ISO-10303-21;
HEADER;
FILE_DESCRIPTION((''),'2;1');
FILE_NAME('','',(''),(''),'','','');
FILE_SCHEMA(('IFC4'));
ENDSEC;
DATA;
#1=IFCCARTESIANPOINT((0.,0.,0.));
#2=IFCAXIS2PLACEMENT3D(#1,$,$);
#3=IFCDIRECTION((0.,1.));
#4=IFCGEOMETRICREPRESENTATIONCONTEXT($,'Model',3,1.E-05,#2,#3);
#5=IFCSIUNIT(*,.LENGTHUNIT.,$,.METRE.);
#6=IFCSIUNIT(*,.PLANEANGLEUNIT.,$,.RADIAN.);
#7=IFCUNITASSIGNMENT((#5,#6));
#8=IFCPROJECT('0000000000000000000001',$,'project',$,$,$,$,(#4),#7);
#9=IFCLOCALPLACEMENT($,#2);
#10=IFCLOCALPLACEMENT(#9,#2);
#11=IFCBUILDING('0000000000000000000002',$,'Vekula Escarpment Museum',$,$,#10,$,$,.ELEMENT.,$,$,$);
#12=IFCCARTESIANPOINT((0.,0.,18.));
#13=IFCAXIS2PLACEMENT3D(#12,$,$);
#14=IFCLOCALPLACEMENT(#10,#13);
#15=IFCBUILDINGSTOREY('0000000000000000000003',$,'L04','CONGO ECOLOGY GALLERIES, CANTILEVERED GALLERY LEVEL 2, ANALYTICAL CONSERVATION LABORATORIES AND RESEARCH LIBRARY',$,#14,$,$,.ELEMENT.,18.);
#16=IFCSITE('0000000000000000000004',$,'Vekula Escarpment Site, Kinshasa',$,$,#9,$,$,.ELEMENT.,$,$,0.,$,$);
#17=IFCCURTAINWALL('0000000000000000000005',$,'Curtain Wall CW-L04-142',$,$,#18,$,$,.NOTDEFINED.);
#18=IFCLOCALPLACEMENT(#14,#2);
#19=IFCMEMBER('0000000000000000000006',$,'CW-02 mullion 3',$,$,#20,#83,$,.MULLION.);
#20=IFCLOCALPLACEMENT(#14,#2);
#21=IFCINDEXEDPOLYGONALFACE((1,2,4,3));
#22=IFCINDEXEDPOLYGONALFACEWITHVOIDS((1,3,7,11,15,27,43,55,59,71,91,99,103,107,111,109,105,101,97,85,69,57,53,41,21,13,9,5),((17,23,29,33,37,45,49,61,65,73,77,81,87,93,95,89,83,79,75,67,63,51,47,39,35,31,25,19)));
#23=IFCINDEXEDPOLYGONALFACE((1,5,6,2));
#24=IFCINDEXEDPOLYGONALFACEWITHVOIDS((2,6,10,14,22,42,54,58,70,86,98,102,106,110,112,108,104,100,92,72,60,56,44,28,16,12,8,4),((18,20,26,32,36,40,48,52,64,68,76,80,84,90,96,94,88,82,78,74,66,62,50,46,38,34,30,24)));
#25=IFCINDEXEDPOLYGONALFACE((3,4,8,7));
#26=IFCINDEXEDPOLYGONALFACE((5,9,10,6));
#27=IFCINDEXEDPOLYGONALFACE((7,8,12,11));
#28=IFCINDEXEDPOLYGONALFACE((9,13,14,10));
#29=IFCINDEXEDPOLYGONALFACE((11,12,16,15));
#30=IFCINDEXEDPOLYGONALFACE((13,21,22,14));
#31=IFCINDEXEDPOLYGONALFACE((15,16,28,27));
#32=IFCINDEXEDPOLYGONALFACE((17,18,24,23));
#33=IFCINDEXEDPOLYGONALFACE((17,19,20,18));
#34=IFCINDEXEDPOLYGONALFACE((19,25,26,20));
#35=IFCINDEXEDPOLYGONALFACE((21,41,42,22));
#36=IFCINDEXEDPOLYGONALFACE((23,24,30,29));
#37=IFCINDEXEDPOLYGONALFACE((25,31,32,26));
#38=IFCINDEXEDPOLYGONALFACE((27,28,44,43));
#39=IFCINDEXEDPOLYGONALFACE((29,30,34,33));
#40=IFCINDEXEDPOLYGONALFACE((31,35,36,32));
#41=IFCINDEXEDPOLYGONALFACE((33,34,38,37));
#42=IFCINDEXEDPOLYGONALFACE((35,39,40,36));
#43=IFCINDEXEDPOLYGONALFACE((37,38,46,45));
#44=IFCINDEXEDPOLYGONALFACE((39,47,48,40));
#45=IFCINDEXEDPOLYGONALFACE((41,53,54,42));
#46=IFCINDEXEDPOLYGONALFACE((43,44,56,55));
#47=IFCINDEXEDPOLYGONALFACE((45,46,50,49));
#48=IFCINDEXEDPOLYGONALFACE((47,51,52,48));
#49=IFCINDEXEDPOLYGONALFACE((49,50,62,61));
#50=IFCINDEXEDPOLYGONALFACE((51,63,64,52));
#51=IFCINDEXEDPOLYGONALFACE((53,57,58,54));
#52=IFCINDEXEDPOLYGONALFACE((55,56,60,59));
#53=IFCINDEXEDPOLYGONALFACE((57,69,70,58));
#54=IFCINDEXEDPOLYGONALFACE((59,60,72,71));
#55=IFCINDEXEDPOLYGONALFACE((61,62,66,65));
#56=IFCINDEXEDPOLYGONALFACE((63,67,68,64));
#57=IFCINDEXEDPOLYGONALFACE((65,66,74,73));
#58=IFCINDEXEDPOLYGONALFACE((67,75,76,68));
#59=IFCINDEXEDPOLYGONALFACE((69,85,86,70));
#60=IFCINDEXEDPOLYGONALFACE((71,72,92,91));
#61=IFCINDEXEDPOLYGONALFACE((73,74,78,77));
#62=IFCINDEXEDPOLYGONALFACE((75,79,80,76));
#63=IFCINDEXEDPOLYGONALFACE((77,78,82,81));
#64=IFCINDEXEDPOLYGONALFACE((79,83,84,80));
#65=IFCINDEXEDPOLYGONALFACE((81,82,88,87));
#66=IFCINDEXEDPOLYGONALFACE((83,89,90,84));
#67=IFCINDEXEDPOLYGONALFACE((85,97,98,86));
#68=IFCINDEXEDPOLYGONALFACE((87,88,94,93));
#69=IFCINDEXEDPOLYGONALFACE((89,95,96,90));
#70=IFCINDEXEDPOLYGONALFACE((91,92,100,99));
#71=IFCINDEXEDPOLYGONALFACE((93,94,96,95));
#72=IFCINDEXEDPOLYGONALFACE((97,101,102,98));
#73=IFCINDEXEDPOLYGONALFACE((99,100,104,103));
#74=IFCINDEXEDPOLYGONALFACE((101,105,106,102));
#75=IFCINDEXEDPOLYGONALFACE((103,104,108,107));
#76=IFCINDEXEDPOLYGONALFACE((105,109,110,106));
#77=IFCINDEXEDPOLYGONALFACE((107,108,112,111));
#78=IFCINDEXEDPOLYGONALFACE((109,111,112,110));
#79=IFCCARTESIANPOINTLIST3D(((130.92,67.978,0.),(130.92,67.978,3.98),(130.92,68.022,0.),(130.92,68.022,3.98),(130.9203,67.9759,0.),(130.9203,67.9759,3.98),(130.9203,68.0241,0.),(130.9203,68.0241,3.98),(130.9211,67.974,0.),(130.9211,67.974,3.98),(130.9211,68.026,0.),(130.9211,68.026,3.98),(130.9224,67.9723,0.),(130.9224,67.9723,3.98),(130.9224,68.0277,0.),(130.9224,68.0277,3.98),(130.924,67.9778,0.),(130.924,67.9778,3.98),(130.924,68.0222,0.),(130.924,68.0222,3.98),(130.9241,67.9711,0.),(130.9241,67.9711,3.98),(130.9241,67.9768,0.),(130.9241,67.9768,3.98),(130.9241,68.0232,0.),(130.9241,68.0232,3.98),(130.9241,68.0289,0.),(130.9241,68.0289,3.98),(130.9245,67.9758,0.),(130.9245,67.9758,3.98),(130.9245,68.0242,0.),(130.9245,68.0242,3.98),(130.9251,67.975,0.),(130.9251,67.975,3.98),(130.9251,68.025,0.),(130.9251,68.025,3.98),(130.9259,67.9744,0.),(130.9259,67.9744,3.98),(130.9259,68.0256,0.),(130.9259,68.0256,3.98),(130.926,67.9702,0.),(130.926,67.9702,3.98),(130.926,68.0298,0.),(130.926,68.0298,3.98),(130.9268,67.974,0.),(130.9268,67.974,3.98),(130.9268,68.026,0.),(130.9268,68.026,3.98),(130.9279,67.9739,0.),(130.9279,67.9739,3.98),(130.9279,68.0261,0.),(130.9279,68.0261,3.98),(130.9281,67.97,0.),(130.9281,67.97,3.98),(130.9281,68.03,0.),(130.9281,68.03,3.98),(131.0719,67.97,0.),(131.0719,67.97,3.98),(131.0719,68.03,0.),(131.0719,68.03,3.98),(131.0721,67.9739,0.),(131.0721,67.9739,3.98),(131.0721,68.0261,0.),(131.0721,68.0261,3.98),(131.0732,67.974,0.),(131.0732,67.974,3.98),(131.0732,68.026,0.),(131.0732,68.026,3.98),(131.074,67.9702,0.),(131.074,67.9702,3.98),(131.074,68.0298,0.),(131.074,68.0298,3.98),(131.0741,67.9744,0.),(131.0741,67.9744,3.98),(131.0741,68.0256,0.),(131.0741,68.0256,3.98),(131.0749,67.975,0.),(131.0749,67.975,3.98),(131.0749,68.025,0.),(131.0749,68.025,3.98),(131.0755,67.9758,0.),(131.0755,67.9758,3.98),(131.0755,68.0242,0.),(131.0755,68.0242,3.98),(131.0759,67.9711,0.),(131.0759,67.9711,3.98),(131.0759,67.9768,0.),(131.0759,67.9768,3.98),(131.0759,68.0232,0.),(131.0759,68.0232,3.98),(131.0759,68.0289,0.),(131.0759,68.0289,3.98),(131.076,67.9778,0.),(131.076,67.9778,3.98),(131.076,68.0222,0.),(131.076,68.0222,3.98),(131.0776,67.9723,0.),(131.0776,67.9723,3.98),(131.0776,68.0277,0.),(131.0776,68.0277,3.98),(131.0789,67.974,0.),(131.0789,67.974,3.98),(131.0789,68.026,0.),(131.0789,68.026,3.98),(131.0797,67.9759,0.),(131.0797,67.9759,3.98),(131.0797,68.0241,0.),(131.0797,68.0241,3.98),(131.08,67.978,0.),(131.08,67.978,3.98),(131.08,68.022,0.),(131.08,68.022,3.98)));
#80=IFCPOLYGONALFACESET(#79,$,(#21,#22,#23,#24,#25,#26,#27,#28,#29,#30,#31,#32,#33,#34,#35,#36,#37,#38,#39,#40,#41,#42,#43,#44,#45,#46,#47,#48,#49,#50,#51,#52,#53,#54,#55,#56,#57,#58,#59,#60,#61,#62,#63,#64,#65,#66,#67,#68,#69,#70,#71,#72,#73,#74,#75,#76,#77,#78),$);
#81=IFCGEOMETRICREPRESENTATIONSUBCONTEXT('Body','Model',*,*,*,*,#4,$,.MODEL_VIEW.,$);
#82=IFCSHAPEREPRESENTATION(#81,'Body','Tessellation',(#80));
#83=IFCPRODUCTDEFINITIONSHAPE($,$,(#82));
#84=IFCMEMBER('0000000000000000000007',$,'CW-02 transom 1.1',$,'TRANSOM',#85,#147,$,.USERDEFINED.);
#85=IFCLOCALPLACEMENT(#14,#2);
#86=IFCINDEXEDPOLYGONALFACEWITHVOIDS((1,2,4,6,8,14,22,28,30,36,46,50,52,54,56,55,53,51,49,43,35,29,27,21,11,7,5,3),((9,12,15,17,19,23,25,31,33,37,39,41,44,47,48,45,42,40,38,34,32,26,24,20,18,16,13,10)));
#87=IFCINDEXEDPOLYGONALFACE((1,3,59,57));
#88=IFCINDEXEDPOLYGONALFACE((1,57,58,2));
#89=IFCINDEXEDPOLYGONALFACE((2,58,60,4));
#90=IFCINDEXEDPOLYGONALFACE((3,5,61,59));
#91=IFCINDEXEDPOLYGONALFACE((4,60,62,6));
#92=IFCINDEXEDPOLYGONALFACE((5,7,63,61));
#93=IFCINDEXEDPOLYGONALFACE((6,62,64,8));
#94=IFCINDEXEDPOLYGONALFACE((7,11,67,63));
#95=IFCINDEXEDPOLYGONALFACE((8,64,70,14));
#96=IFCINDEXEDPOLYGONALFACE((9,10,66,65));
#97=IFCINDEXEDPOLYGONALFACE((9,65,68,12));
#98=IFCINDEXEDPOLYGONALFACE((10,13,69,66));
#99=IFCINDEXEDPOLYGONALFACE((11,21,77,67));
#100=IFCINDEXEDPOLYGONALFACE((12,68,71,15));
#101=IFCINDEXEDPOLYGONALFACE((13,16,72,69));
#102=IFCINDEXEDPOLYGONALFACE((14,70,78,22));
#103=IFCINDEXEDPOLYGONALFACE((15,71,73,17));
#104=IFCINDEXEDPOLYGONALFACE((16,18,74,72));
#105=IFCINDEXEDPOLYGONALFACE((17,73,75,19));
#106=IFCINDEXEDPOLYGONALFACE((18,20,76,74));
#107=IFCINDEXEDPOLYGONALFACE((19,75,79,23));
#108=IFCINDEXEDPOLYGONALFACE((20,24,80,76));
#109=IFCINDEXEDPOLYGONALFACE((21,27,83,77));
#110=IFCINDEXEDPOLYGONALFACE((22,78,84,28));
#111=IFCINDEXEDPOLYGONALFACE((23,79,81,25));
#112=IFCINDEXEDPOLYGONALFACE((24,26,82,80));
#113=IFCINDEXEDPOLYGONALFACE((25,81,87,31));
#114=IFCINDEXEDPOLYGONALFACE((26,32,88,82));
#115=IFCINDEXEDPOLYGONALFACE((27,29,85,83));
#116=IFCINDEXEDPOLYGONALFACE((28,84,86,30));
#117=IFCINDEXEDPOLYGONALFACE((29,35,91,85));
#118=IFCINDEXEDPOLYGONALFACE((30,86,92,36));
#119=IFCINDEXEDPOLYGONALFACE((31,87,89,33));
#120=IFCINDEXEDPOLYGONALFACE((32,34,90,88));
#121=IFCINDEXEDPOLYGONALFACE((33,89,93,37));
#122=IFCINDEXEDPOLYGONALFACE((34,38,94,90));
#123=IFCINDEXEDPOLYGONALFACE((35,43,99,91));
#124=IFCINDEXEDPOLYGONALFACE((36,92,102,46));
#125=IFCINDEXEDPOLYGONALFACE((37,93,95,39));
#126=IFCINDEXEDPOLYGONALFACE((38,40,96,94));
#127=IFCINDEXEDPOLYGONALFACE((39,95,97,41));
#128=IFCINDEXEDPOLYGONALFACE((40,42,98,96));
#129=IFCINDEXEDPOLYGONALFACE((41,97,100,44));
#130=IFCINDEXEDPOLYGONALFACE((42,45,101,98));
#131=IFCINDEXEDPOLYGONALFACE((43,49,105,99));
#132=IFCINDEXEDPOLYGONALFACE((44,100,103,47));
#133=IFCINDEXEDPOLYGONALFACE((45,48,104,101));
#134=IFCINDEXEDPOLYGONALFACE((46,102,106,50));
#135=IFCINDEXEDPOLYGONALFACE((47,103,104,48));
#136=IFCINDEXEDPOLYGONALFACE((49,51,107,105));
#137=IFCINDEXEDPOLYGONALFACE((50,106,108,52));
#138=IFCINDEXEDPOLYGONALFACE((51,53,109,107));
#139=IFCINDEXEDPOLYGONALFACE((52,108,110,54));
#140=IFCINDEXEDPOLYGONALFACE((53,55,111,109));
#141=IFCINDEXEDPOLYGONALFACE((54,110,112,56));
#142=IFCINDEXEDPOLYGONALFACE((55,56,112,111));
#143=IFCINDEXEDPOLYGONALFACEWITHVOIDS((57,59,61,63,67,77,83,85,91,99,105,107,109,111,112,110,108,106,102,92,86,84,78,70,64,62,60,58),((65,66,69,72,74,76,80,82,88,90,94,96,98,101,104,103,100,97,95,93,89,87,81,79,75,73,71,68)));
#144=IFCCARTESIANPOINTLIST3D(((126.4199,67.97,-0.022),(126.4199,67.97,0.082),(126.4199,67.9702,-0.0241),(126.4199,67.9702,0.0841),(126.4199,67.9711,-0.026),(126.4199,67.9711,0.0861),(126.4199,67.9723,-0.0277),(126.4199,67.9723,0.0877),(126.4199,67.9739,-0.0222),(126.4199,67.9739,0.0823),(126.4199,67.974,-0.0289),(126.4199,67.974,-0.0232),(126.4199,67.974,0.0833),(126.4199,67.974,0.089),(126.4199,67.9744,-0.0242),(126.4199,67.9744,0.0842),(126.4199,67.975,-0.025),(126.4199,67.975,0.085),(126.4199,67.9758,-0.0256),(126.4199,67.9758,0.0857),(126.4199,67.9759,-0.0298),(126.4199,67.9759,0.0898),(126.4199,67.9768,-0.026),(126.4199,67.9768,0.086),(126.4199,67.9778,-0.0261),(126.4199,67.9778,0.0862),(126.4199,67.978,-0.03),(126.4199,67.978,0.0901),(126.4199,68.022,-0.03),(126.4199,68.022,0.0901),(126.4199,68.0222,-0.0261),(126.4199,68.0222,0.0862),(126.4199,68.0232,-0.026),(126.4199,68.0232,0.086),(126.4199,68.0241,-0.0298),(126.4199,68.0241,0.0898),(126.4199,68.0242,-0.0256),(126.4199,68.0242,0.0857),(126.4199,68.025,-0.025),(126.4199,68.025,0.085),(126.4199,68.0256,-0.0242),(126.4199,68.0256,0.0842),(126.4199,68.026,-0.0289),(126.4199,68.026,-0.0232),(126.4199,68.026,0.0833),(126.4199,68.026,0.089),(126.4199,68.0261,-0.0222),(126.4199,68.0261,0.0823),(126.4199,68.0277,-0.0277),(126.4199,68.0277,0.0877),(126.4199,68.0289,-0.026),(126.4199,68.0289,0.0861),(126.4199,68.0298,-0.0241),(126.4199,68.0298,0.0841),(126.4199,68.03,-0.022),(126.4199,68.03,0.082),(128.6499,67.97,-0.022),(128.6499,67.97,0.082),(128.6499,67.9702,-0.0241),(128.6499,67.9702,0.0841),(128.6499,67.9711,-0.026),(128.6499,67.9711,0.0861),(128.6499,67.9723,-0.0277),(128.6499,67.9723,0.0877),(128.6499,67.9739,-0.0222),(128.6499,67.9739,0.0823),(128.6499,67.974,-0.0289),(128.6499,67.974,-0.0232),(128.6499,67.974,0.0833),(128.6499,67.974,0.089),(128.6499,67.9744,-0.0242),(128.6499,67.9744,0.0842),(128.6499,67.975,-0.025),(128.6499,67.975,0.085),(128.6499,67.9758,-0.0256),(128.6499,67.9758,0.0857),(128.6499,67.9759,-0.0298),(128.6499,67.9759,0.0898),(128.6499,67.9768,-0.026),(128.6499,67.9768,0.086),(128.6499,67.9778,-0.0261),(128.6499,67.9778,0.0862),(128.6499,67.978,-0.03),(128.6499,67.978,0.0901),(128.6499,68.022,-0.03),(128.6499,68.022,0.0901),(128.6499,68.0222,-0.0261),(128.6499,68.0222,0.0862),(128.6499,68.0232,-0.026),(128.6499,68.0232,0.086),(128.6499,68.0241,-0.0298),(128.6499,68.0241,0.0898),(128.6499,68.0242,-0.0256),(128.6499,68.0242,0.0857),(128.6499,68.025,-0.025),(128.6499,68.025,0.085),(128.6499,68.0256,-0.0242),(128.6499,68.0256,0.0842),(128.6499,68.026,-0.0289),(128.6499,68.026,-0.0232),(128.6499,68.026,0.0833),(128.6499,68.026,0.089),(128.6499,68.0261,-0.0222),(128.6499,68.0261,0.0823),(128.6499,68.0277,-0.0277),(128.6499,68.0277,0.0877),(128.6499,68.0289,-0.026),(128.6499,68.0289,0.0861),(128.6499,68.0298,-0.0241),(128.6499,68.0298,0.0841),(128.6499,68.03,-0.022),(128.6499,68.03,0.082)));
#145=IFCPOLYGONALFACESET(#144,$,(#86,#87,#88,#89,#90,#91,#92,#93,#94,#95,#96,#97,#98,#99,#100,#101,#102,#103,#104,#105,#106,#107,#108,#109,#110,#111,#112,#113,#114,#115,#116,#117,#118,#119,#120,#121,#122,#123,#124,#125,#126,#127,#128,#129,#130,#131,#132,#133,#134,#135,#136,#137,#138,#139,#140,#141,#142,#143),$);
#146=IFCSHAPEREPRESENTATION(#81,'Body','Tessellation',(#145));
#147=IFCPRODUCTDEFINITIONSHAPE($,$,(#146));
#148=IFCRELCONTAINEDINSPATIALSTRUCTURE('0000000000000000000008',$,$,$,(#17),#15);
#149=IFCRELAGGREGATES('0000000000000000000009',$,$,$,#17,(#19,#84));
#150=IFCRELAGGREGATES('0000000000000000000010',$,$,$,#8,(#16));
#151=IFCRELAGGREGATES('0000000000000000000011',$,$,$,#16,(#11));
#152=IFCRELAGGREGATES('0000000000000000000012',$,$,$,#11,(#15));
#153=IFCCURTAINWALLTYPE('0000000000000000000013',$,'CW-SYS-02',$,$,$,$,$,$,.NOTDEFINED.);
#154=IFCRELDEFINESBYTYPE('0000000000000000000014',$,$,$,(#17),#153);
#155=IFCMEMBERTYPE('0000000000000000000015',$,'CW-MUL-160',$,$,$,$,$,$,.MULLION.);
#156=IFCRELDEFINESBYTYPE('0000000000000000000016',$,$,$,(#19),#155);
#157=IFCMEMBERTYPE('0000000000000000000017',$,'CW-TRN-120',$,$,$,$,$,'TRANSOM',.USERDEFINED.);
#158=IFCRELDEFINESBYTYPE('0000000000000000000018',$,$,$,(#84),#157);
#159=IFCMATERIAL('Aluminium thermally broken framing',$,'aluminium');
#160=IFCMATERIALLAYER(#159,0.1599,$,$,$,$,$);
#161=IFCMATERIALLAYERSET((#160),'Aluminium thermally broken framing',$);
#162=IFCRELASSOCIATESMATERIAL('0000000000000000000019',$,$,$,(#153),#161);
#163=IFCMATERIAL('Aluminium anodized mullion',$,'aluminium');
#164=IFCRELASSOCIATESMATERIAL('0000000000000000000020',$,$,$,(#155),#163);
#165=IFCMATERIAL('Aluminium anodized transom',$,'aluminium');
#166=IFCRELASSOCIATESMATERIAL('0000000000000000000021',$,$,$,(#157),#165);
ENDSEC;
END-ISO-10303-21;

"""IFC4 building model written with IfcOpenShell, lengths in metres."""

from ifc_helpers import new_model, si_unit, direction, frame, origin, origin_2d, place, context, subcontext, project, spatial, hollow_rectangle, extrude, material, layer, layer_set, material_profile, profile_set, type_object, element, aggregate, save


model = new_model("IFC4")

# Units and contexts
model_context = context("Model", 3, precision=1e-05, world=origin(), true_north=direction((0.0, 1.0)))
body_context = subcontext(model_context, "Body", "Model", "MODEL_VIEW")
ifc_project = project(units=[si_unit("LENGTHUNIT", "METRE"), si_unit("PLANEANGLEUNIT", "RADIAN")], contexts=[model_context])

# Site, building, storey
site_placement = place(None, origin())
site = spatial("IfcSite", under=ifc_project, at=site_placement, Name="Vekula Escarpment Site, Kinshasa", CompositionType="ELEMENT", RefElevation=0.0)
building_placement = place(site_placement, origin())
building = spatial("IfcBuilding", under=site, at=building_placement, Name="Vekula Escarpment Museum", CompositionType="ELEMENT")
storey_placement = place(building_placement, frame((0.0, 0.0, 18.0)))
storey = spatial("IfcBuildingStorey", under=building, at=storey_placement, Name="L04", Description="CONGO ECOLOGY GALLERIES, CANTILEVERED GALLERY LEVEL 2, ANALYTICAL CONSERVATION LABORATORIES AND RESEARCH LIBRARY", CompositionType="ELEMENT", Elevation=18.0)

# Curtain wall, members
ifc_material_1 = material(Name="Aluminium thermally broken framing", Category="aluminium")
ifc_layer_1 = layer(ifc_material_1, 0.1599)
ifc_layer_set_1 = layer_set([ifc_layer_1], Name="Aluminium thermally broken framing")
curtain_wall_type = type_object("IfcCurtainWallType", Name="CW-SYS-02", PredefinedType="NOTDEFINED", material=ifc_layer_set_1)
curtain_wall_placement = place(storey_placement, origin())
curtain_wall = element("IfcCurtainWall", 1, at=curtain_wall_placement, inside=storey, type_object=curtain_wall_type, Name="Curtain Wall CW-L04-142", PredefinedType="NOTDEFINED")
ifc_material_2 = material(Name="Aluminium anodized mullion", Category="aluminium")
ifc_material_profile_1 = material_profile(ifc_material_2, hollow_rectangle(XDim=0.0601, YDim=0.1599, WallThickness=0.0039, InnerFilletRadius=0.0039, OuterFilletRadius=0.0081, at=origin_2d()), Name="ALU 160x60x4")
ifc_profile_set_1 = profile_set([ifc_material_profile_1], Name="Aluminium anodized mullion")
member_type_1 = type_object("IfcMemberType", Name="CW-MUL-160", PredefinedType="MULLION", material=ifc_profile_set_1)
member_1_placement = place(storey_placement, frame((131.0, 68.0, 0.0), z_axis=(0.0, 0.0, 1.0), x_axis=(0.0, 1.0, 0.0)))
member_1 = element("IfcMember", 2, at=member_1_placement, type_object=member_type_1, Name="CW-02 mullion 3", PredefinedType="MULLION", context=body_context, shape_type="SweptSolid", body=[
    extrude(hollow_rectangle(XDim=0.0601, YDim=0.1599, WallThickness=0.0039, InnerFilletRadius=0.0039, OuterFilletRadius=0.0081, at=origin_2d()), origin(), (0.0, 0.0, 1.0), 3.98),
])
ifc_material_3 = material(Name="Aluminium anodized transom", Category="aluminium")
ifc_material_profile_2 = material_profile(ifc_material_3, hollow_rectangle(XDim=0.0601, YDim=0.1201, WallThickness=0.0039, InnerFilletRadius=0.0039, OuterFilletRadius=0.0081, at=origin_2d()), Name="ALU 120x60x4")
ifc_profile_set_2 = profile_set([ifc_material_profile_2], Name="Aluminium anodized transom")
member_type_2 = type_object("IfcMemberType", Name="CW-TRN-120", ElementType="TRANSOM", PredefinedType="USERDEFINED", material=ifc_profile_set_2)
member_2_placement = place(storey_placement, frame((126.4199, 68.0, 0.03), z_axis=(1.0, 0.0, 0.0), x_axis=(0.0, 1.0, 0.0)))
member_2 = element("IfcMember", 3, at=member_2_placement, type_object=member_type_2, Name="CW-02 transom 1.1", ObjectType="TRANSOM", PredefinedType="USERDEFINED", context=body_context, shape_type="SweptSolid", body=[
    extrude(hollow_rectangle(XDim=0.0601, YDim=0.1201, WallThickness=0.0039, InnerFilletRadius=0.0039, OuterFilletRadius=0.0081, at=origin_2d()), origin(), (0.0, 0.0, 1.0), 2.23),
])

aggregate(curtain_wall, [member_1, member_2])

save(model, "model.ifc")
